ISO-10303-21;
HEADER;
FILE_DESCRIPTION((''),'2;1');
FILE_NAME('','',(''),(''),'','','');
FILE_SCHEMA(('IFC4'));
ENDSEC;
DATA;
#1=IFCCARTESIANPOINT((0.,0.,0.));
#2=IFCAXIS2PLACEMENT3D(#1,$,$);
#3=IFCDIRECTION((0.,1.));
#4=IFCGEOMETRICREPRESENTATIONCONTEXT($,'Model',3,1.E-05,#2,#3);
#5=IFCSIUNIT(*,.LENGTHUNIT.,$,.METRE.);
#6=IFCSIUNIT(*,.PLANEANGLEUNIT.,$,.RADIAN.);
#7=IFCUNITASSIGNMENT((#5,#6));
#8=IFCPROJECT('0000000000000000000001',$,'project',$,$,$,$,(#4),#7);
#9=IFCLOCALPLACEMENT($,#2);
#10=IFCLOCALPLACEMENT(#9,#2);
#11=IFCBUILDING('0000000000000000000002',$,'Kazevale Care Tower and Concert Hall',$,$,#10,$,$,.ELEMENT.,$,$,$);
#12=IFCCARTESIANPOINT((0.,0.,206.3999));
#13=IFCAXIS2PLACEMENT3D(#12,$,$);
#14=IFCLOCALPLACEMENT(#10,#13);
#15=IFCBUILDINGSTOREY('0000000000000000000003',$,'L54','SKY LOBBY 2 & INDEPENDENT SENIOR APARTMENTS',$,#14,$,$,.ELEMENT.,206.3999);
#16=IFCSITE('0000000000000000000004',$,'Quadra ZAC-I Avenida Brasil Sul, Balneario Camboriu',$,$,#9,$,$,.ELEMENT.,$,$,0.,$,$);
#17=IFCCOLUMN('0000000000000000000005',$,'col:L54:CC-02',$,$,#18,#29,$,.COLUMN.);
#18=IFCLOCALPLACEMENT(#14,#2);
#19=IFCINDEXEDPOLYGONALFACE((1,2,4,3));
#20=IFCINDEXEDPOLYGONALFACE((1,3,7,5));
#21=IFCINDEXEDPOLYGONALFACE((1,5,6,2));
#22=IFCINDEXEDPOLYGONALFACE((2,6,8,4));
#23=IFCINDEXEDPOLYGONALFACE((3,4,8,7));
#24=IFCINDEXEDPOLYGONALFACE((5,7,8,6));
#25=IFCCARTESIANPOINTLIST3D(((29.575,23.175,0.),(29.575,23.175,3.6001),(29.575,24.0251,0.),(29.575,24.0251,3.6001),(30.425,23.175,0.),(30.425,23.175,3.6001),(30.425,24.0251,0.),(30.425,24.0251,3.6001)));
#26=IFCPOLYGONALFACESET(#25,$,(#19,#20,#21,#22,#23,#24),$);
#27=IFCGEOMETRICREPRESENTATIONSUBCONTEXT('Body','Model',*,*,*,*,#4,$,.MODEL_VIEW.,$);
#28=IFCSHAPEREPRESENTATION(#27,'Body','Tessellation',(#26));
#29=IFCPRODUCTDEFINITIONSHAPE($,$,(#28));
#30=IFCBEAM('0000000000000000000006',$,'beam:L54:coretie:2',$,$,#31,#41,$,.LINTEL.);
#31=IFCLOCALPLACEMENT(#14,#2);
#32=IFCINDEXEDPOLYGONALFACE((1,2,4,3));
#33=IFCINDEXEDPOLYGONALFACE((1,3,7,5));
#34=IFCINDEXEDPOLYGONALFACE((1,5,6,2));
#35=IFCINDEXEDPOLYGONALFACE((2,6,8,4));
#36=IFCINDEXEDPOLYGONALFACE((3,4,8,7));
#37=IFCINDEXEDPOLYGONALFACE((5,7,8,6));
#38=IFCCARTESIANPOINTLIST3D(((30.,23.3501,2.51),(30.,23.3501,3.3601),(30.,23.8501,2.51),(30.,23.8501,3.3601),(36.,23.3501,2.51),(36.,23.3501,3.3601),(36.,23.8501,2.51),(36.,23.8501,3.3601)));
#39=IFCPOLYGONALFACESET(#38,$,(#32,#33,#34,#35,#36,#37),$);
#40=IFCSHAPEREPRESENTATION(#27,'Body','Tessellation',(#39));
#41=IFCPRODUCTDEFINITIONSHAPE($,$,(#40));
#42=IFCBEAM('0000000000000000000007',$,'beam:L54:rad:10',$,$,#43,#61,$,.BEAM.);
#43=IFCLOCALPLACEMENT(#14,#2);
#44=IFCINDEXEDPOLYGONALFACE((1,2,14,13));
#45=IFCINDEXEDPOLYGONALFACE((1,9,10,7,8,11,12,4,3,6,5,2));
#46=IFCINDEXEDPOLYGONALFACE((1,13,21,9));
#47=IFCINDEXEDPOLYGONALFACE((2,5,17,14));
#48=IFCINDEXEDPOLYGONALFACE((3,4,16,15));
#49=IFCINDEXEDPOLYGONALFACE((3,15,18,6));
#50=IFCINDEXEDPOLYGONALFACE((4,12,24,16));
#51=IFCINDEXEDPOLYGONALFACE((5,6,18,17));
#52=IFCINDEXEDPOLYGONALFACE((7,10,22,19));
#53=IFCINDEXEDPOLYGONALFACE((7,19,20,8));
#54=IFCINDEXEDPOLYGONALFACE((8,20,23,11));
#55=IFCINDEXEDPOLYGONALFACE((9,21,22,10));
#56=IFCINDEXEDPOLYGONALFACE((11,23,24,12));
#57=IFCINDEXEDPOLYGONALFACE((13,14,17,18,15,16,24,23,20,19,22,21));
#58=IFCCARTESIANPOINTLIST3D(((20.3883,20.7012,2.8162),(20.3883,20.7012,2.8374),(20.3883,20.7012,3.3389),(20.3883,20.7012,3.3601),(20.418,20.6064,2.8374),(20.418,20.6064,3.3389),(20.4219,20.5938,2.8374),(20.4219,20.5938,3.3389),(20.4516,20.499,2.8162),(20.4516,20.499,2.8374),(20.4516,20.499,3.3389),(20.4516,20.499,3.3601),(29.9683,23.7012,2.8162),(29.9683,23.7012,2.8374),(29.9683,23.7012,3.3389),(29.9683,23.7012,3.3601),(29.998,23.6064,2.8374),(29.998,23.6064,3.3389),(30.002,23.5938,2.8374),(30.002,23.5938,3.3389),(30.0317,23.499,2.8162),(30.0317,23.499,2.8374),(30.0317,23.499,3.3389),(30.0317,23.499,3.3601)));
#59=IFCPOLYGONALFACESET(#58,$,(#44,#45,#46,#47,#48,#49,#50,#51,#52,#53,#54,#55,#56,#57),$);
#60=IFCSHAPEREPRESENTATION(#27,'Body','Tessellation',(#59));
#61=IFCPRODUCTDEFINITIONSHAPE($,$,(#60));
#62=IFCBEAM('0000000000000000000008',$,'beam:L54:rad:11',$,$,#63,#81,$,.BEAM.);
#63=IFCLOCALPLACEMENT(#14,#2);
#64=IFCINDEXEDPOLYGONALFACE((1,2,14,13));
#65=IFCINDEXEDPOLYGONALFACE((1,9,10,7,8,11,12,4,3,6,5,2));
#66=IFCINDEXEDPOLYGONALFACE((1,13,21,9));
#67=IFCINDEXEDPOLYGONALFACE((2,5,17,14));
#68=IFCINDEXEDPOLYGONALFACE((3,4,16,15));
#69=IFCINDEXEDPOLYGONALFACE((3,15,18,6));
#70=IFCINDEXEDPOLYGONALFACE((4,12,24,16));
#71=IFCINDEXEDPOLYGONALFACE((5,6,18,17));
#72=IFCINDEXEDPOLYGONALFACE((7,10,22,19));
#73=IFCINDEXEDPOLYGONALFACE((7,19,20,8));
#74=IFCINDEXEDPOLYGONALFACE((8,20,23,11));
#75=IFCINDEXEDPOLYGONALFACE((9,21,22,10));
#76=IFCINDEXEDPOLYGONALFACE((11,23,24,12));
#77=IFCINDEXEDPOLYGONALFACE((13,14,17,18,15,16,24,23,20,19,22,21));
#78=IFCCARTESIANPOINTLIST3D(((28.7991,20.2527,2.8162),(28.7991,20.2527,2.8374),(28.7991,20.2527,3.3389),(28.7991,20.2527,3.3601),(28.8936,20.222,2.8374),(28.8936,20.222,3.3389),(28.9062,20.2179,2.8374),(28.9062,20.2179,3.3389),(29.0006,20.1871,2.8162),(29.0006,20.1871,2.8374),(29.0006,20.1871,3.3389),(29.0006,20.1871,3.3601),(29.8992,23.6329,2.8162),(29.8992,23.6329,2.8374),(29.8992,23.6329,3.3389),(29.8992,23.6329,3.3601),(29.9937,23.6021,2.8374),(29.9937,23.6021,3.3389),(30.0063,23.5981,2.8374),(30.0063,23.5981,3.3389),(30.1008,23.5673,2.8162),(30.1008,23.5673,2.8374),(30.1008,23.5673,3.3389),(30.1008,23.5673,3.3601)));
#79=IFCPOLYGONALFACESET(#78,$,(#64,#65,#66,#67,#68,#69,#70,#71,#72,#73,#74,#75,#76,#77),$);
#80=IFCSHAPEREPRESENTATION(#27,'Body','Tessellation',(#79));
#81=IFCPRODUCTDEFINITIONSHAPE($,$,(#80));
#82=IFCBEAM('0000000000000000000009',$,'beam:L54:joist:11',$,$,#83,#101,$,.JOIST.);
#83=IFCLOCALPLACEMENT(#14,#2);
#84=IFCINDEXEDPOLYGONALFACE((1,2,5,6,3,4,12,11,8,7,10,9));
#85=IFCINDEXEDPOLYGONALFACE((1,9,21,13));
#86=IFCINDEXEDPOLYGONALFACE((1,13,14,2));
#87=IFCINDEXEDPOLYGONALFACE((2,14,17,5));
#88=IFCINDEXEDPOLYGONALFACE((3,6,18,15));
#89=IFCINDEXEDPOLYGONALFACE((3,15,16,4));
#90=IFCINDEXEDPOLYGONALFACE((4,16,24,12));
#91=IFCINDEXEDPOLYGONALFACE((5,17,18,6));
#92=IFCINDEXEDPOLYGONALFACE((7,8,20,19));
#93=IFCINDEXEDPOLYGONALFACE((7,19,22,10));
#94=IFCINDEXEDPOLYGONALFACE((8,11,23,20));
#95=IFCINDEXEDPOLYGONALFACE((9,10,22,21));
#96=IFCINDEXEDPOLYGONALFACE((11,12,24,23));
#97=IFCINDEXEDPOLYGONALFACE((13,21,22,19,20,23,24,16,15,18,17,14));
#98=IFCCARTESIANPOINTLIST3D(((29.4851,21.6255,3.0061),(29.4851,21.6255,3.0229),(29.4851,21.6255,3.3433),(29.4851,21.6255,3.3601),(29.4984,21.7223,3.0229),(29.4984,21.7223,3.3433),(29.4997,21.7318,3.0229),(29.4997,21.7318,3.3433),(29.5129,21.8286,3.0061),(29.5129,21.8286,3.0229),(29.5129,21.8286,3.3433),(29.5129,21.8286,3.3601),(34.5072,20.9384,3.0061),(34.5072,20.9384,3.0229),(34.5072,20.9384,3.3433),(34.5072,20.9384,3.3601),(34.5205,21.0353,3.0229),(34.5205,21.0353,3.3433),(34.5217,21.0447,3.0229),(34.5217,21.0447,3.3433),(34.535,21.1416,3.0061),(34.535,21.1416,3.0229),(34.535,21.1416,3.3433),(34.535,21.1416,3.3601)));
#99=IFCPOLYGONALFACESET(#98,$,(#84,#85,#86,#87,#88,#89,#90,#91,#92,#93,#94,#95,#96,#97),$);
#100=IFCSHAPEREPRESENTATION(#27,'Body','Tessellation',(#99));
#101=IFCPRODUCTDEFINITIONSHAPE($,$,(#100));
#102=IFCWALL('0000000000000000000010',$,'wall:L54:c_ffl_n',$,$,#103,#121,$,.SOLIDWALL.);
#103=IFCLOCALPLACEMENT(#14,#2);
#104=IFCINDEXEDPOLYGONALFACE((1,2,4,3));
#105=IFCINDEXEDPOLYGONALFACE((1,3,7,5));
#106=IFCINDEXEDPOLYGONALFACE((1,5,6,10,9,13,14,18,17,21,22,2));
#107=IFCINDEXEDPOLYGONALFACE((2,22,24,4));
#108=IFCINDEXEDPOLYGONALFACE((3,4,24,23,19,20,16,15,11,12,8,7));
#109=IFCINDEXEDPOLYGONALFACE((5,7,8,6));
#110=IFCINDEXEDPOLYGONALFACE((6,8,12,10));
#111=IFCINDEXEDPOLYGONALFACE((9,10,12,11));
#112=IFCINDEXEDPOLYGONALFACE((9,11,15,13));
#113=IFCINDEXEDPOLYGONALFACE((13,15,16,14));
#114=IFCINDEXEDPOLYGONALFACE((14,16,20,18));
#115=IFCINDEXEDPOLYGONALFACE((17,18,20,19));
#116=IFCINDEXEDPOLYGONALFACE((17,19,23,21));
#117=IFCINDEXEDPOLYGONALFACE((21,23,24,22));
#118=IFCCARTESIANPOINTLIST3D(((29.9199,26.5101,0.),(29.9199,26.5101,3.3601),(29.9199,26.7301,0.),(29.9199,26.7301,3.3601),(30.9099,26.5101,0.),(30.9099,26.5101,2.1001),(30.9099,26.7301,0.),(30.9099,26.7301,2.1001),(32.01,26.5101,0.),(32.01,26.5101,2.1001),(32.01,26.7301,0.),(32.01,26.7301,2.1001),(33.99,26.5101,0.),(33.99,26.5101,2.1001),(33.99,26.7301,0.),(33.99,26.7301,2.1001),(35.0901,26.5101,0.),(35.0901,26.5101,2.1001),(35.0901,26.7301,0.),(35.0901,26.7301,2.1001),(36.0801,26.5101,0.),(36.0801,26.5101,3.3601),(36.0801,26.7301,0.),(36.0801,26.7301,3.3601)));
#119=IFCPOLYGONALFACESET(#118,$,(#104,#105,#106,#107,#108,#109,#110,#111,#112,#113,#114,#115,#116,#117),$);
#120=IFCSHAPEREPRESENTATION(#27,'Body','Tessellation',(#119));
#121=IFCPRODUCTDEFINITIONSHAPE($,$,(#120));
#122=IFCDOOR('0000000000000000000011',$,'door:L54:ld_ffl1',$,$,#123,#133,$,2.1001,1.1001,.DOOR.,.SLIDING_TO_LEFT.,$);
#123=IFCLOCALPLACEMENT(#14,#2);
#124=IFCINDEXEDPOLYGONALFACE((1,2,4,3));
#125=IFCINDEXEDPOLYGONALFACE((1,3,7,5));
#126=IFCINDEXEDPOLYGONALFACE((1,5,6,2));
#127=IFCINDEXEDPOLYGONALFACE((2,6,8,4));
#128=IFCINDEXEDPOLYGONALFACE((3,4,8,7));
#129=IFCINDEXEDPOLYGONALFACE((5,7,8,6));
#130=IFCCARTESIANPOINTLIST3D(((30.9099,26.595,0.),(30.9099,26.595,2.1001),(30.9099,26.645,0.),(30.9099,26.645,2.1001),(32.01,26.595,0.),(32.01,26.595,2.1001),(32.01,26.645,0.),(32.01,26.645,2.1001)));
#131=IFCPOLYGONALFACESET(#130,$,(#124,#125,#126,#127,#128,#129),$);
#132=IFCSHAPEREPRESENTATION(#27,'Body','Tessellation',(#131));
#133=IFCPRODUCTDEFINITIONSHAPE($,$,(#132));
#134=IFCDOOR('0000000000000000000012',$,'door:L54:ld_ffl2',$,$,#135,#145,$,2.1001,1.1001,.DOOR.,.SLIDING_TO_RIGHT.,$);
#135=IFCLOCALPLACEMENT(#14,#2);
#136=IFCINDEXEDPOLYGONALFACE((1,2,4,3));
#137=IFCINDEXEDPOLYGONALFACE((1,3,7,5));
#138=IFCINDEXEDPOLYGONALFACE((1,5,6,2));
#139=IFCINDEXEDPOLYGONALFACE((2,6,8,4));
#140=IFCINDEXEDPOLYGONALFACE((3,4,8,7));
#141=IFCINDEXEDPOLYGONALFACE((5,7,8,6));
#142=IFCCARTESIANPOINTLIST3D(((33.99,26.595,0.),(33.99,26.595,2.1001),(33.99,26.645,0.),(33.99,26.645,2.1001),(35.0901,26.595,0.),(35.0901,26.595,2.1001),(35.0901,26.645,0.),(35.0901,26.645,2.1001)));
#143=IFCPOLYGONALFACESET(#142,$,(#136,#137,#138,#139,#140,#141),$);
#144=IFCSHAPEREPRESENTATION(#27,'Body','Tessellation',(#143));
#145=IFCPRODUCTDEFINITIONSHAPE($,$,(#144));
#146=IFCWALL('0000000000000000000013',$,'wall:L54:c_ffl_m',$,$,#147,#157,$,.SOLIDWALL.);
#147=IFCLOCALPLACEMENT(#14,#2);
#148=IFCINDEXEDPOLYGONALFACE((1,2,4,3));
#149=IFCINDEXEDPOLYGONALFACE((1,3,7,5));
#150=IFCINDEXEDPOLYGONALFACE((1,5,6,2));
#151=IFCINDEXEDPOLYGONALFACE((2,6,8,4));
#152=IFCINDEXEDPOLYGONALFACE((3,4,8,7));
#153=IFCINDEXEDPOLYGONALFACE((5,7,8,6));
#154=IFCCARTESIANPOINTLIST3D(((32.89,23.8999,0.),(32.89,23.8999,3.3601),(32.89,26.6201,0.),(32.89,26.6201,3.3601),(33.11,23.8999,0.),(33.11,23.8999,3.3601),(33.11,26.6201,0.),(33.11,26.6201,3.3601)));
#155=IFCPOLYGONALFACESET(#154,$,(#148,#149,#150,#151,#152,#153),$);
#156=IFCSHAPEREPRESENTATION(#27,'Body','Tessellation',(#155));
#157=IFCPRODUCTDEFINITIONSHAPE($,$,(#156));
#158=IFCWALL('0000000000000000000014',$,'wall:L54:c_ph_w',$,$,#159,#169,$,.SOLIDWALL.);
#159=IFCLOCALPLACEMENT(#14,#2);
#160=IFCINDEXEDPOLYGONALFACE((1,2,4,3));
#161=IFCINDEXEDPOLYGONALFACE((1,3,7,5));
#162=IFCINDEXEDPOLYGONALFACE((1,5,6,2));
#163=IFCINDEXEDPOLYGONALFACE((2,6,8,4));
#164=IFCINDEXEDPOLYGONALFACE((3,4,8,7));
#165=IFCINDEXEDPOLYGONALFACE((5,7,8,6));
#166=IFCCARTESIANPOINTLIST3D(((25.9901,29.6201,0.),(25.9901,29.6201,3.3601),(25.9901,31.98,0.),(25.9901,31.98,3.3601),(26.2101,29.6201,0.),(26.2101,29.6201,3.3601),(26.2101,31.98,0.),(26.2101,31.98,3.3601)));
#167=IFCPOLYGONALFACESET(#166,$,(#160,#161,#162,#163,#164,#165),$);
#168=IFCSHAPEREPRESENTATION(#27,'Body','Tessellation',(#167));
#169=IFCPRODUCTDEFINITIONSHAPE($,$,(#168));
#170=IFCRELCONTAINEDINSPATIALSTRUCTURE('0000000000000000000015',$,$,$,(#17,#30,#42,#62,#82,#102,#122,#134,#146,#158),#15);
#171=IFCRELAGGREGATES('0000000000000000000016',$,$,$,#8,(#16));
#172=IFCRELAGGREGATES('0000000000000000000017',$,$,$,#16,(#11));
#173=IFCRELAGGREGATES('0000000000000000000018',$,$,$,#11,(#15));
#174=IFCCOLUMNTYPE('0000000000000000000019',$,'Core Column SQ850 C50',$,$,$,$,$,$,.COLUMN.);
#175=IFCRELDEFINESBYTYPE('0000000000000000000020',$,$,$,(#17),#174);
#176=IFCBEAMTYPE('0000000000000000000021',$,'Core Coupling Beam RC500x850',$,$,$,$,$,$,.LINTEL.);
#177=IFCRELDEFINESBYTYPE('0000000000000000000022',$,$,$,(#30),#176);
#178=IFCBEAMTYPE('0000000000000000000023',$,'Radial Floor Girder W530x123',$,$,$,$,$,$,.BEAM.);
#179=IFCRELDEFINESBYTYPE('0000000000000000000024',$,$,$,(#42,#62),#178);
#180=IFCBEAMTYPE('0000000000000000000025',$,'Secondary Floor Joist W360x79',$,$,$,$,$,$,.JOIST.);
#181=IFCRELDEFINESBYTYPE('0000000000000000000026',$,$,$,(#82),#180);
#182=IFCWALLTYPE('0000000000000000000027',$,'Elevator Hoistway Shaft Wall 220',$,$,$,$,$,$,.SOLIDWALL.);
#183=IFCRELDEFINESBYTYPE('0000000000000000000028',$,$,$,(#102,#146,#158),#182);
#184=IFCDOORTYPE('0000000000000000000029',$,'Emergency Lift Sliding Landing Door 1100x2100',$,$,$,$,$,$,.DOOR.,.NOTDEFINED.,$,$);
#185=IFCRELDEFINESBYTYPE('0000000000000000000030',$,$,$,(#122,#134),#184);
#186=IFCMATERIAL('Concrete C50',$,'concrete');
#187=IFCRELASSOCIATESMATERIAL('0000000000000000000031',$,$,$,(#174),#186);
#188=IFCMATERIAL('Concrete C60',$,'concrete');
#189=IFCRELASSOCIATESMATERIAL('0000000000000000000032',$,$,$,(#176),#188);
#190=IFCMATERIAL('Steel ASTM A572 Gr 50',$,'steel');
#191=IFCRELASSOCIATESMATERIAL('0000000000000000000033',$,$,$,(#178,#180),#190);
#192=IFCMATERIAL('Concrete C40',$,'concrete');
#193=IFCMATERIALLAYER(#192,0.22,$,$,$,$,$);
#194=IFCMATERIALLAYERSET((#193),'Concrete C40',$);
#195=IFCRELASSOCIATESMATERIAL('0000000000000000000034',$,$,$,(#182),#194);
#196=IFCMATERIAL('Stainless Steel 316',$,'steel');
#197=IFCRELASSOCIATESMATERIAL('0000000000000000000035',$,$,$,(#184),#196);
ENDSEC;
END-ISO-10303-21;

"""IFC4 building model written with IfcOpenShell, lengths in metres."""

from ifc_helpers import new_model, si_unit, direction, frame, frame_2d, origin, origin_2d, place, context, subcontext, project, spatial, rectangle, i_section, extrude, material, layer, layer_set, material_profile, profile_set, type_object, element, fill, save


model = new_model("IFC4")

# Units and contexts
model_context = context("Model", 3, precision=1e-05, world=origin(), true_north=direction((0.0, 1.0)))
body_context = subcontext(model_context, "Body", "Model", "MODEL_VIEW")
ifc_project = project(units=[si_unit("LENGTHUNIT", "METRE"), si_unit("PLANEANGLEUNIT", "RADIAN")], contexts=[model_context])

# Site, building, storey
site_placement = place(None, origin())
site = spatial("IfcSite", under=ifc_project, at=site_placement, Name="Quadra ZAC-I Avenida Brasil Sul, Balneario Camboriu", CompositionType="ELEMENT", RefElevation=0.0)
building_placement = place(site_placement, origin())
building = spatial("IfcBuilding", under=site, at=building_placement, Name="Kazevale Care Tower and Concert Hall", CompositionType="ELEMENT")
storey_placement = place(building_placement, frame((0.0, 0.0, 206.3999)))
storey = spatial("IfcBuildingStorey", under=building, at=storey_placement, Name="L54", Description="SKY LOBBY 2 & INDEPENDENT SENIOR APARTMENTS", CompositionType="ELEMENT", Elevation=206.3999)

# Column
ifc_material_1 = material(Name="Concrete C50", Category="concrete")
ifc_material_profile_1 = material_profile(ifc_material_1, rectangle(XDim=0.8501, YDim=0.8501, at=origin_2d()), Name="RC-SQ850")
ifc_profile_set_1 = profile_set([ifc_material_profile_1], Name="Concrete C50")
column_type = type_object("IfcColumnType", Name="Core Column SQ850 C50", PredefinedType="COLUMN", material=ifc_profile_set_1)
column_placement = place(storey_placement, frame((30.0, 23.6001, 0.0), z_axis=(0.0, 0.0, 1.0), x_axis=(1.0, 0.0, 0.0)))
element("IfcColumn", 1, at=column_placement, inside=storey, type_object=column_type, Name="col:L54:CC-02", PredefinedType="COLUMN", context=body_context, shape_type="SweptSolid", body=[
    extrude(rectangle(XDim=0.8501, YDim=0.8501, at=origin_2d()), origin(), (0.0, 0.0, 1.0), 3.6001),
])

# Beams
ifc_material_2 = material(Name="Concrete C60", Category="concrete")
ifc_material_profile_2 = material_profile(ifc_material_2, rectangle(XDim=0.5, YDim=0.8501, at=origin_2d()), Name="RC-B500x850")
ifc_profile_set_2 = profile_set([ifc_material_profile_2], Name="Concrete C60")
beam_type_1 = type_object("IfcBeamType", Name="Core Coupling Beam RC500x850", PredefinedType="LINTEL", material=ifc_profile_set_2)
beam_1_placement = place(storey_placement, frame((30.0, 23.6001, 2.9351), z_axis=(1.0, 0.0, 0.0), x_axis=(0.0, 1.0, 0.0)))
element("IfcBeam", 2, at=beam_1_placement, inside=storey, type_object=beam_type_1, Name="beam:L54:coretie:2", PredefinedType="LINTEL", context=body_context, shape_type="SweptSolid", body=[
    extrude(rectangle(XDim=0.5, YDim=0.8501, at=origin_2d()), origin(), (0.0, 0.0, 1.0), 6.0),
])
ifc_material_3 = material(Name="Steel ASTM A572 Gr 50", Category="steel")
ifc_material_profile_3 = material_profile(ifc_material_3, i_section(OverallWidth=0.2119, OverallDepth=0.5439, WebThickness=0.0132, FlangeThickness=0.0212, at=origin_2d()), Name="W530x123")
ifc_profile_set_3 = profile_set([ifc_material_profile_3], Name="Steel ASTM A572 Gr 50")
beam_type_2 = type_object("IfcBeamType", Name="Radial Floor Girder W530x123", PredefinedType="BEAM", material=ifc_profile_set_3)
beam_2_placement = place(storey_placement, frame((30.0, 23.6001, 3.0881), z_axis=(-0.954303, -0.29884, 0.0), x_axis=(0.29884, -0.954303, 0.0)))
element("IfcBeam", 3, at=beam_2_placement, inside=storey, type_object=beam_type_2, Name="beam:L54:rad:10", PredefinedType="BEAM", context=body_context, shape_type="SweptSolid", body=[
    extrude(i_section(OverallWidth=0.2119, OverallDepth=0.5439, WebThickness=0.0132, FlangeThickness=0.0212, at=origin_2d()), origin(), (0.0, 0.0, 1.0), 10.0388),
])
beam_3_placement = place(storey_placement, frame((30.0, 23.6001, 3.0881), z_axis=(-0.309482, -0.950905, 0.0), x_axis=(0.950905, -0.309482, 0.0)))
element("IfcBeam", 4, at=beam_3_placement, inside=storey, type_object=beam_type_2, Name="beam:L54:rad:11", PredefinedType="BEAM", context=body_context, shape_type="SweptSolid", body=[
    extrude(i_section(OverallWidth=0.2119, OverallDepth=0.5439, WebThickness=0.0132, FlangeThickness=0.0212, at=origin_2d()), origin(), (0.0, 0.0, 1.0), 3.5547),
])
ifc_material_profile_4 = material_profile(ifc_material_3, i_section(OverallWidth=0.2051, OverallDepth=0.354, WebThickness=0.0095, FlangeThickness=0.0168, at=origin_2d()), Name="W360x79")
ifc_profile_set_4 = profile_set([ifc_material_profile_4], Name="Steel ASTM A572 Gr 50")
beam_type_3 = type_object("IfcBeamType", Name="Secondary Floor Joist W360x79", PredefinedType="JOIST", material=ifc_profile_set_4)
beam_4_placement = place(storey_placement, frame((29.499, 21.7271, 3.1831), z_axis=(0.990772, -0.135539, 0.0), x_axis=(0.135539, 0.990772, 0.0)))
element("IfcBeam", 5, at=beam_4_placement, inside=storey, type_object=beam_type_3, Name="beam:L54:joist:11", PredefinedType="JOIST", context=body_context, shape_type="SweptSolid", body=[
    extrude(i_section(OverallWidth=0.2051, OverallDepth=0.354, WebThickness=0.0095, FlangeThickness=0.0168, at=origin_2d()), origin(), (0.0, 0.0, 1.0), 5.0688),
])

# Wall, openings, doors
ifc_material_4 = material(Name="Concrete C40", Category="concrete")
ifc_layer_1 = layer(ifc_material_4, 0.22)
ifc_layer_set_1 = layer_set([ifc_layer_1], Name="Concrete C40")
wall_type_1 = type_object("IfcWallType", Name="Elevator Hoistway Shaft Wall 220", PredefinedType="SOLIDWALL", material=ifc_layer_set_1)
wall_1_placement = place(storey_placement, frame((29.9199, 26.6201, 0.0), z_axis=(0.0, 0.0, 1.0), x_axis=(1.0, 0.0, 0.0)))
wall_1 = element("IfcWall", 6, at=wall_1_placement, inside=storey, type_object=wall_type_1, Name="wall:L54:c_ffl_n", PredefinedType="SOLIDWALL", context=body_context, shape_type="SweptSolid", body=[
    extrude(rectangle(XDim=6.1602, YDim=0.22, at=frame_2d((3.0801, 0.0))), origin(), (0.0, 0.0, 1.0), 3.3601),
])
opening_1_placement = place(wall_1_placement, frame((0.99, 0.0, 0.0)))
opening_1 = element("IfcOpeningElement", 7, at=opening_1_placement, cuts=wall_1, PredefinedType="OPENING", context=body_context, shape_type="SweptSolid", body=[
    extrude(rectangle(XDim=1.1001, YDim=2.1001, at=frame_2d((0.55, 1.05))), frame((0.0, 0.1199, 0.0), z_axis=(0.0, -1.0, 0.0), x_axis=(1.0, 0.0, 0.0)), (0.0, 0.0, 1.0), 0.24),
])
opening_2_placement = place(wall_1_placement, frame((4.0701, 0.0, 0.0)))
opening_2 = element("IfcOpeningElement", 8, at=opening_2_placement, cuts=wall_1, PredefinedType="OPENING", context=body_context, shape_type="SweptSolid", body=[
    extrude(rectangle(XDim=1.1001, YDim=2.1001, at=frame_2d((0.55, 1.05))), frame((0.0, 0.1199, 0.0), z_axis=(0.0, -1.0, 0.0), x_axis=(1.0, 0.0, 0.0)), (0.0, 0.0, 1.0), 0.24),
])
ifc_material_5 = material(Name="Stainless Steel 316", Category="steel")
door_type_1 = type_object("IfcDoorType", Name="Emergency Lift Sliding Landing Door 1100x2100", OperationType="NOTDEFINED", PredefinedType="DOOR", material=ifc_material_5)
door_1_placement = place(opening_1_placement, origin())
door_1 = element("IfcDoor", 9, at=door_1_placement, inside=storey, type_object=door_type_1, Name="door:L54:ld_ffl1", OperationType="SLIDING_TO_LEFT", OverallHeight=2.1001, OverallWidth=1.1001, PredefinedType="DOOR", context=body_context, shape_type="SweptSolid", body=[
    extrude(rectangle(XDim=1.1001, YDim=2.1001, at=frame_2d((0.55, 1.05))), frame((0.0, 0.0249, 0.0), z_axis=(0.0, -1.0, 0.0), x_axis=(1.0, 0.0, 0.0)), (0.0, 0.0, 1.0), 0.05),
])
fill(opening_1, door_1)
door_2_placement = place(opening_2_placement, origin())
door_2 = element("IfcDoor", 10, at=door_2_placement, inside=storey, type_object=door_type_1, Name="door:L54:ld_ffl2", OperationType="SLIDING_TO_RIGHT", OverallHeight=2.1001, OverallWidth=1.1001, PredefinedType="DOOR", context=body_context, shape_type="SweptSolid", body=[
    extrude(rectangle(XDim=1.1001, YDim=2.1001, at=frame_2d((0.55, 1.05))), frame((0.0, 0.0249, 0.0), z_axis=(0.0, -1.0, 0.0), x_axis=(1.0, 0.0, 0.0)), (0.0, 0.0, 1.0), 0.05),
])
fill(opening_2, door_2)

# Walls
wall_2_placement = place(storey_placement, frame((33.0, 23.8999, 0.0), z_axis=(0.0, 0.0, 1.0), x_axis=(0.0, 1.0, 0.0)))
element("IfcWall", 11, at=wall_2_placement, inside=storey, type_object=wall_type_1, Name="wall:L54:c_ffl_m", PredefinedType="SOLIDWALL", context=body_context, shape_type="SweptSolid", body=[
    extrude(rectangle(XDim=2.7202, YDim=0.22, at=frame_2d((1.3601, 0.0))), origin(), (0.0, 0.0, 1.0), 3.3601),
])
for number, where, z_axis, x_axis, name in (
    (12, (26.1001, 29.6201, 0.0), (0.0, 0.0, 1.0), (0.0, 1.0, 0.0), "wall:L54:c_ph_w"),
):
    element("IfcWall", number, at=place(storey_placement, frame(where, z_axis=z_axis, x_axis=x_axis)), inside=storey, type_object=wall_type_1, Name=name, PredefinedType="SOLIDWALL", context=body_context, shape_type="SweptSolid", body=[
        extrude(rectangle(XDim=2.3599, YDim=0.22, at=frame_2d((1.1799, 0.0))), origin(), (0.0, 0.0, 1.0), 3.3601),
    ])

save(model, "model.ifc")
